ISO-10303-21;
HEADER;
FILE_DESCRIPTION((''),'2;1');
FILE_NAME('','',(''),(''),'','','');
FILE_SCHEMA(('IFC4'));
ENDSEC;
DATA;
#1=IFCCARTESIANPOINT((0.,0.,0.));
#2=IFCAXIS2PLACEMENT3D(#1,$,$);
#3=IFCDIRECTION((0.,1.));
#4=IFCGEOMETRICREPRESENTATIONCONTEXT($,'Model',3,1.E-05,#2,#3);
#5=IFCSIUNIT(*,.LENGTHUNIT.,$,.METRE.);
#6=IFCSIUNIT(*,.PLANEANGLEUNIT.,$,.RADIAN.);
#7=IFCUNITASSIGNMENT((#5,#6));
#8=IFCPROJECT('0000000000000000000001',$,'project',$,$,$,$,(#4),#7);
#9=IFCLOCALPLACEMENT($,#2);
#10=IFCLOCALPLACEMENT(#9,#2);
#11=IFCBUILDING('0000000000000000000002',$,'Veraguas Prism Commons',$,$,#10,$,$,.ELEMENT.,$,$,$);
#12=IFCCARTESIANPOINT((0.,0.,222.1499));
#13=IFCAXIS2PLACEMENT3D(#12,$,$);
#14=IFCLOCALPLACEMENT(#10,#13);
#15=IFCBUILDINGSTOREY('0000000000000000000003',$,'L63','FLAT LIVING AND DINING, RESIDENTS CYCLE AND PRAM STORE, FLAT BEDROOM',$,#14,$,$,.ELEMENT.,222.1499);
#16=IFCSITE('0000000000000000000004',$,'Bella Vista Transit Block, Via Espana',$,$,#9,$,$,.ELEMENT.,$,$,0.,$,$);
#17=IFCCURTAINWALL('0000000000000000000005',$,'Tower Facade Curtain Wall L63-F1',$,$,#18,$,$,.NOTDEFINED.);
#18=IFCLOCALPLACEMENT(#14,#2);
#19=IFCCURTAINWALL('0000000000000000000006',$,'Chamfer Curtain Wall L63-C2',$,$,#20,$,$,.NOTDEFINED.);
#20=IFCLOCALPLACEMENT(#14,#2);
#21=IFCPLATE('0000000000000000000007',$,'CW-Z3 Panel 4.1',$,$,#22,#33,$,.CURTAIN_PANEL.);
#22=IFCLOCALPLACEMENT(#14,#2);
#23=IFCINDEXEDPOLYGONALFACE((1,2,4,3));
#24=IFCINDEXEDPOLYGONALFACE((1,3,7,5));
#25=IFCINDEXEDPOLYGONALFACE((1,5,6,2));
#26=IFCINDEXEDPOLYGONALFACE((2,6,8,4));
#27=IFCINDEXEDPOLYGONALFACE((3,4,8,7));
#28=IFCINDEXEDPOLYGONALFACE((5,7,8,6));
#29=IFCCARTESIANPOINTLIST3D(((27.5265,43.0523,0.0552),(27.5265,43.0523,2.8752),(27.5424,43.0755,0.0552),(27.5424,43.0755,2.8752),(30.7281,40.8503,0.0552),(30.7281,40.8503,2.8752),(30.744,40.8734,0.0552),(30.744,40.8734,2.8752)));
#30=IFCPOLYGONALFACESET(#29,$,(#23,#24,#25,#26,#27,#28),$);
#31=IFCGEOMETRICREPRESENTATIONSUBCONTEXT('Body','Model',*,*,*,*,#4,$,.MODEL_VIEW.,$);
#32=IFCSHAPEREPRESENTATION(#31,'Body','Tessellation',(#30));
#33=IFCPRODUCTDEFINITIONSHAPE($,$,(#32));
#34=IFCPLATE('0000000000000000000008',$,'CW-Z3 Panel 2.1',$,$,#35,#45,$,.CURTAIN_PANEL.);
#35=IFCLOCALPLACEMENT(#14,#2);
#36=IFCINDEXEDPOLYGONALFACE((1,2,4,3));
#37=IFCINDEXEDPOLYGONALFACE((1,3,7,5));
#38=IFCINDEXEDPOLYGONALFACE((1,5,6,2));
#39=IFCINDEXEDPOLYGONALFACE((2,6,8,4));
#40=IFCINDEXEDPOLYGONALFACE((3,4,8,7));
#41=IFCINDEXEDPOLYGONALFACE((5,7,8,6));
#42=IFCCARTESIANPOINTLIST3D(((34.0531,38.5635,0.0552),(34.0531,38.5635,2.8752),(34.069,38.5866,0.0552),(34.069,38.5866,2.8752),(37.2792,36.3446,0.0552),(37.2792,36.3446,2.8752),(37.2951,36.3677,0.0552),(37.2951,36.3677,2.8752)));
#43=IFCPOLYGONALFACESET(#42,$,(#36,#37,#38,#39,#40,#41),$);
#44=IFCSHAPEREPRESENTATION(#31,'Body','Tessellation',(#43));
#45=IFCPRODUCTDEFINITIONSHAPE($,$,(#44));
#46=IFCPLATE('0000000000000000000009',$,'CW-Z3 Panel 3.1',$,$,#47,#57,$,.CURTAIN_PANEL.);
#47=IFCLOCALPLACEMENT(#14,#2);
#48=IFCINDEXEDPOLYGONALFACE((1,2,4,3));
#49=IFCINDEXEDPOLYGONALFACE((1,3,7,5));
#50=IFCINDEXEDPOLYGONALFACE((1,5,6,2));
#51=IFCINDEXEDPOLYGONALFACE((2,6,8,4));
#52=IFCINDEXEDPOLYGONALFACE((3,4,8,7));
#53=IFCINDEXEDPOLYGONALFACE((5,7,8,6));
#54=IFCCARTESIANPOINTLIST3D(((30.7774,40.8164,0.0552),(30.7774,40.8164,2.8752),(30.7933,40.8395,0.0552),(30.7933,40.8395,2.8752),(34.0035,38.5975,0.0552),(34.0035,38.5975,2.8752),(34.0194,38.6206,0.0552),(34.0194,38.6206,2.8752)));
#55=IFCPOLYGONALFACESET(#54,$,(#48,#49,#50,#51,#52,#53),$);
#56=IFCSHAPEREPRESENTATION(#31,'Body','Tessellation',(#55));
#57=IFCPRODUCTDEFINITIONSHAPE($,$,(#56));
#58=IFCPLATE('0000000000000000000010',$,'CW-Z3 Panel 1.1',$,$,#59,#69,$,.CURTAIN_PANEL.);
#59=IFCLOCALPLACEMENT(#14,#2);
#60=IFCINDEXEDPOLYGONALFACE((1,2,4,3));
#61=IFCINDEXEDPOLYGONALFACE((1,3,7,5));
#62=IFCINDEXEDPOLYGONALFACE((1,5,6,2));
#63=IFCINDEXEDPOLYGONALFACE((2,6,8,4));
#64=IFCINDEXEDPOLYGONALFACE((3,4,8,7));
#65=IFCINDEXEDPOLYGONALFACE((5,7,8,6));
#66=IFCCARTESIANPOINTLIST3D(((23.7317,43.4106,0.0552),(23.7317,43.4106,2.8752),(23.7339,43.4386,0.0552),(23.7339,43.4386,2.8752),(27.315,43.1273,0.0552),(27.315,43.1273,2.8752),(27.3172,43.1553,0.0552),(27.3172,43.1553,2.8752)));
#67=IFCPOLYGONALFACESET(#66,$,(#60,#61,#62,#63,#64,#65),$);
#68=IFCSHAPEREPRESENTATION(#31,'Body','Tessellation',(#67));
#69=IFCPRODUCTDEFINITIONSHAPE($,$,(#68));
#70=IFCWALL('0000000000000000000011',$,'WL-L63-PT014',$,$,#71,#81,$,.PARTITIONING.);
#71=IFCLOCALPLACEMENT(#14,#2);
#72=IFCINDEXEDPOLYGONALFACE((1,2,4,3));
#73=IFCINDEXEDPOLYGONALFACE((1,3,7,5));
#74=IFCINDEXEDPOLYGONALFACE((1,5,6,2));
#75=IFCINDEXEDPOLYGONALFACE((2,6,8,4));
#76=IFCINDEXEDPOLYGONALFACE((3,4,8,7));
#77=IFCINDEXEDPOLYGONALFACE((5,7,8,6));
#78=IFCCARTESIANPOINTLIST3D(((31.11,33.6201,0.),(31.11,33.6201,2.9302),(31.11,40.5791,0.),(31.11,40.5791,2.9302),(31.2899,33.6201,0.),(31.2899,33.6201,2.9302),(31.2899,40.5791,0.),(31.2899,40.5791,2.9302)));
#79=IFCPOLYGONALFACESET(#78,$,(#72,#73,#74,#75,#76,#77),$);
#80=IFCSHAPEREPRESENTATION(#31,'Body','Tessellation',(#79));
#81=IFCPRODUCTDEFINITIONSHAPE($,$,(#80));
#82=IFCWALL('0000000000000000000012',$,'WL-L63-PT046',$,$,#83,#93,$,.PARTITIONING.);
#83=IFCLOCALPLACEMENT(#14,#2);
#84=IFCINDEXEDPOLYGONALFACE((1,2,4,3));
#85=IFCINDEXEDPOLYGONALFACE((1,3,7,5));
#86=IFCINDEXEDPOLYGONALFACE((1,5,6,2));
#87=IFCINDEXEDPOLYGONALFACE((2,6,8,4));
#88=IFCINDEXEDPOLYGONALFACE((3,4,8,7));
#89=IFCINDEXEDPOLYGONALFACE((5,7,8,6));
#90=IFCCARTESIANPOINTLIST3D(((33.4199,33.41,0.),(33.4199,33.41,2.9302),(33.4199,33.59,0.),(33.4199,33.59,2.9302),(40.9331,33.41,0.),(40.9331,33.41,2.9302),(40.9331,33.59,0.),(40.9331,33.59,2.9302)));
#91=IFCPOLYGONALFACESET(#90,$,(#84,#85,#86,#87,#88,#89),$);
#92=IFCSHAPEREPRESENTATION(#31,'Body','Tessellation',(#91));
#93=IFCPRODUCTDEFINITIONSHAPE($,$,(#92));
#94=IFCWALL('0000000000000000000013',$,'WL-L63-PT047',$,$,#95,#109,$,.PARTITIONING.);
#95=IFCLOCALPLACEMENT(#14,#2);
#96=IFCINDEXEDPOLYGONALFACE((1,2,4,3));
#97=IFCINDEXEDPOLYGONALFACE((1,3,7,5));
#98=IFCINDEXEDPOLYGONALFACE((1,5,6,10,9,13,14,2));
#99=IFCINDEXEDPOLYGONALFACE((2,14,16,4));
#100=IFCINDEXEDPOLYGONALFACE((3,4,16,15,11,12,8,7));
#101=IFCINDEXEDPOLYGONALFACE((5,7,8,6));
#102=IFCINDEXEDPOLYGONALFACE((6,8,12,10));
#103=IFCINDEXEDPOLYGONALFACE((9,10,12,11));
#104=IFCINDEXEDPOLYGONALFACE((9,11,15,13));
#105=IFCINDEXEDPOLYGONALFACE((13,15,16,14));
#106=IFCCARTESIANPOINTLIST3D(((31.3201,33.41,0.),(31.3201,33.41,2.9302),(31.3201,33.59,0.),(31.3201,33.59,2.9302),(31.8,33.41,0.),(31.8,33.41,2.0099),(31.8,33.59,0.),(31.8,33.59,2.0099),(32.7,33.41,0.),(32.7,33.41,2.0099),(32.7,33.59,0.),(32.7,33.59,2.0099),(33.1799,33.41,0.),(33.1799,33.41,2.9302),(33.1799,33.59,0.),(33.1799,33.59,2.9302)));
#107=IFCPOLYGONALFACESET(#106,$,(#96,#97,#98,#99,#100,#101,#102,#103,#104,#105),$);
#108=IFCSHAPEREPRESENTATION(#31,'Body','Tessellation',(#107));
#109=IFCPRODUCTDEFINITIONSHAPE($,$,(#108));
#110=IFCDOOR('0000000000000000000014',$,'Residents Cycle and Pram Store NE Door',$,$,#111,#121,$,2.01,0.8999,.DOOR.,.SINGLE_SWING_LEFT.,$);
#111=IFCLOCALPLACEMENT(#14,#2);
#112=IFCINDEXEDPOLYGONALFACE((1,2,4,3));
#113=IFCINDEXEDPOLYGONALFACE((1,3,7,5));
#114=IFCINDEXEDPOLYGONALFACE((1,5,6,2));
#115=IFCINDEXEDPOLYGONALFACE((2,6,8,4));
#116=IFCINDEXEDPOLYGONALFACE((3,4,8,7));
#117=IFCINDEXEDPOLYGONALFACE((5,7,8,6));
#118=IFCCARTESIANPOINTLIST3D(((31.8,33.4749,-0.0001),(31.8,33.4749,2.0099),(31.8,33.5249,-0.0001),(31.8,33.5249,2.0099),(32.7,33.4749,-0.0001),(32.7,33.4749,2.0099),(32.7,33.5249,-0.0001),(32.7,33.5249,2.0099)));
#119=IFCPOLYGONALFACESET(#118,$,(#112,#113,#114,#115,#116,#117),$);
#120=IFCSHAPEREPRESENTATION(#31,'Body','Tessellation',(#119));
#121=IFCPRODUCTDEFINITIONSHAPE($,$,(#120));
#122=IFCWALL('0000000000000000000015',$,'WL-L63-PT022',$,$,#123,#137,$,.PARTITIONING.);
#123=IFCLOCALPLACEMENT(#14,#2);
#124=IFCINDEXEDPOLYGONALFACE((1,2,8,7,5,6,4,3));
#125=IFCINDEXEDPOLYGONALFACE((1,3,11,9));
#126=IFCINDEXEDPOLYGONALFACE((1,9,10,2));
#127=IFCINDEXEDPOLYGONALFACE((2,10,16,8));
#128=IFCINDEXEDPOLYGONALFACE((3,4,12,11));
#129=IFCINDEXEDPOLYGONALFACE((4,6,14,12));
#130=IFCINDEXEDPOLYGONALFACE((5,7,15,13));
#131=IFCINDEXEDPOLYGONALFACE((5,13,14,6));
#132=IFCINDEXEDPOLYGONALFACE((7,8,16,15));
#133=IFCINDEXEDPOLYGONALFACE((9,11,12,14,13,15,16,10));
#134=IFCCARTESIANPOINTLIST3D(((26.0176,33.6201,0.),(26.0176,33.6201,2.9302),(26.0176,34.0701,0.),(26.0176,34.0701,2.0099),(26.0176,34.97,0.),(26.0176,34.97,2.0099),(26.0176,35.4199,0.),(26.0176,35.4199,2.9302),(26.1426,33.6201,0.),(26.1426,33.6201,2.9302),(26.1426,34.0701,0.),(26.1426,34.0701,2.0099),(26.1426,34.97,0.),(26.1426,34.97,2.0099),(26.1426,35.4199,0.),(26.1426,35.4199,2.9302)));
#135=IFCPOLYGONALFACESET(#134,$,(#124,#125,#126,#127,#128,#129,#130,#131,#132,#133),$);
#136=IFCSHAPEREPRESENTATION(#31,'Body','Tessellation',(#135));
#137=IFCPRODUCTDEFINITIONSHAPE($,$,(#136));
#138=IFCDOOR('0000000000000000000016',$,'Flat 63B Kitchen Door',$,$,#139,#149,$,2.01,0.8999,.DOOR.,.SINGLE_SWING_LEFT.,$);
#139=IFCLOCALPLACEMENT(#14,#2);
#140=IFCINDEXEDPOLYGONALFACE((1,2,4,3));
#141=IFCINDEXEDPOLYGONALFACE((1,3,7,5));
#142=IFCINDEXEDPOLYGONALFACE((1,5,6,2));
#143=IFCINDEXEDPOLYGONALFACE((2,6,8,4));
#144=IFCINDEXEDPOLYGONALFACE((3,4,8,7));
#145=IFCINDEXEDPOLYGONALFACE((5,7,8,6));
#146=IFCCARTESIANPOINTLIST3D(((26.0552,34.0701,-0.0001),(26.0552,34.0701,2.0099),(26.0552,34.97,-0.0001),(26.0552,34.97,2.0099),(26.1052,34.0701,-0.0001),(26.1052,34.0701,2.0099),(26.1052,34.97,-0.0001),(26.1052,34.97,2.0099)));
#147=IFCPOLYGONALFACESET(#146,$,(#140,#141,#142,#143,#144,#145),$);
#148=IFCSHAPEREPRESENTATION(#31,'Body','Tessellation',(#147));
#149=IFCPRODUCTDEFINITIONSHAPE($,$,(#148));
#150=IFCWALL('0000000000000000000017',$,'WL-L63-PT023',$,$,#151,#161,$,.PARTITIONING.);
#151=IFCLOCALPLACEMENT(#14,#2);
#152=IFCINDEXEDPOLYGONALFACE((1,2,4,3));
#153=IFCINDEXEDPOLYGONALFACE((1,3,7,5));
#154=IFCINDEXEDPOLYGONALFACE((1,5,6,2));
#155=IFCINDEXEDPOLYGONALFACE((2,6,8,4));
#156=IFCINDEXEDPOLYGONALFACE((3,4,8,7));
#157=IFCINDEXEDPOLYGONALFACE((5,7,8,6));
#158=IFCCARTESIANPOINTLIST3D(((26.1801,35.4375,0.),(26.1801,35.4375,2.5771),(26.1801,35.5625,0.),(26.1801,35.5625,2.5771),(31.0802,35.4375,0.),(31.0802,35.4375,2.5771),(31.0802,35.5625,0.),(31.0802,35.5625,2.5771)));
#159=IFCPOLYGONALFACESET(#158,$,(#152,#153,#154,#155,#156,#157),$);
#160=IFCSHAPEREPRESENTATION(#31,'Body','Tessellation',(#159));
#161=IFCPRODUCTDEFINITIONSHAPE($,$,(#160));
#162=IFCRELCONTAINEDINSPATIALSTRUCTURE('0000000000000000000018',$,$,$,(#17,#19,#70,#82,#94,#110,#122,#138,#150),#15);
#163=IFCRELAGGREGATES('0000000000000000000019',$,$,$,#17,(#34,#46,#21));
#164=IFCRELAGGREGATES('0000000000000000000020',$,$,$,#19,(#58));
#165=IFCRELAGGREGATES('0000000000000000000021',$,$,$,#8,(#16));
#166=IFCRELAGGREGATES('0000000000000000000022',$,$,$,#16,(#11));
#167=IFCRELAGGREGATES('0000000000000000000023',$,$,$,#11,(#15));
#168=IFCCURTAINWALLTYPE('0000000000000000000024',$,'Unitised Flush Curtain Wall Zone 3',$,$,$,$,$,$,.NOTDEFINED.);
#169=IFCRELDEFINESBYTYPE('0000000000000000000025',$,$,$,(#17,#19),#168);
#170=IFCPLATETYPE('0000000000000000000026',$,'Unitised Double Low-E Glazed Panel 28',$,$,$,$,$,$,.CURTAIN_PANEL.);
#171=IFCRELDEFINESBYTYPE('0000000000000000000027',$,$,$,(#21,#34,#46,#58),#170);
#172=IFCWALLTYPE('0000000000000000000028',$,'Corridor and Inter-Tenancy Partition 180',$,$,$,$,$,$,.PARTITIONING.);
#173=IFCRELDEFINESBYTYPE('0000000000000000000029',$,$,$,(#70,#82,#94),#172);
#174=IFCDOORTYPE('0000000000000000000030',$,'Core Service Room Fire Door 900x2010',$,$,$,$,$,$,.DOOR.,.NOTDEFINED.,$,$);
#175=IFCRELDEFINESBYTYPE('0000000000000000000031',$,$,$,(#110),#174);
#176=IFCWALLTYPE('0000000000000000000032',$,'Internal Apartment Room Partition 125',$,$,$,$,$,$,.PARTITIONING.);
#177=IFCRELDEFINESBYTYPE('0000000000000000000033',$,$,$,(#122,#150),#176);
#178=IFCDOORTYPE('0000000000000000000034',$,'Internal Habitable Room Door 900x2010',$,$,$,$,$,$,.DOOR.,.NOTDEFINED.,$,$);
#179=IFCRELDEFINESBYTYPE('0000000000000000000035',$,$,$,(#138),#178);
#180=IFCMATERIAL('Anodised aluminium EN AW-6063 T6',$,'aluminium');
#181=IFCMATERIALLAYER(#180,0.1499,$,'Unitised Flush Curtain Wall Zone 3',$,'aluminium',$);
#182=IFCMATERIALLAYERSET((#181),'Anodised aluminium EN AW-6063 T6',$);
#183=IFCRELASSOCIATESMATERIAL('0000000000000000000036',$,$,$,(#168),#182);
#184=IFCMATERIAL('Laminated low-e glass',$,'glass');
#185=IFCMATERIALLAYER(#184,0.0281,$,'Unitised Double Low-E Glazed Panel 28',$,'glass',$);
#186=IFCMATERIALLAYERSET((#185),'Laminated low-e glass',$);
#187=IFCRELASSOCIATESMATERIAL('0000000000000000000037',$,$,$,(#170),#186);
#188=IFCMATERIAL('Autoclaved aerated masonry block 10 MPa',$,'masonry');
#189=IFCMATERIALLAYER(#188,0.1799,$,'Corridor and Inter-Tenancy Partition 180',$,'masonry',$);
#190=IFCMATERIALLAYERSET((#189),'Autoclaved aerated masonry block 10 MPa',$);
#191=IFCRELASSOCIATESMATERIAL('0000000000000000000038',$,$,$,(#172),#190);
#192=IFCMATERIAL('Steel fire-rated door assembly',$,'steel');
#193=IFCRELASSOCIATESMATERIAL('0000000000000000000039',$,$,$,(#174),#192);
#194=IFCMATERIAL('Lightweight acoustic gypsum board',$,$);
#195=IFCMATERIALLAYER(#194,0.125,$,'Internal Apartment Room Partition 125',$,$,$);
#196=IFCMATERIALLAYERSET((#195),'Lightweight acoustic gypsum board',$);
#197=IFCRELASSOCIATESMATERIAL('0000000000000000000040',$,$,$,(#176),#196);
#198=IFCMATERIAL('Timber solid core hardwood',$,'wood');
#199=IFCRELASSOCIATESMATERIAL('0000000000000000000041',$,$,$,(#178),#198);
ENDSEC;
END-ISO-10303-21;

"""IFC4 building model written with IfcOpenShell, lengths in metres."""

from ifc_helpers import new_model, si_unit, direction, frame, frame_2d, origin, origin_2d, place, context, subcontext, project, spatial, rectangle, extrude, source, transform, mapped, material, layer, layer_set, type_object, element, fill, aggregate, save


model = new_model("IFC4")

# Units and contexts
model_context = context("Model", 3, precision=1e-05, world=origin(), true_north=direction((0.0, 1.0)))
body_context = subcontext(model_context, "Body", "Model", "MODEL_VIEW")
ifc_project = project(units=[si_unit("LENGTHUNIT", "METRE"), si_unit("PLANEANGLEUNIT", "RADIAN")], contexts=[model_context])

# Site, building, storey
site_placement = place(None, origin())
site = spatial("IfcSite", under=ifc_project, at=site_placement, Name="Bella Vista Transit Block, Via Espana", CompositionType="ELEMENT", RefElevation=0.0)
building_placement = place(site_placement, origin())
building = spatial("IfcBuilding", under=site, at=building_placement, Name="Veraguas Prism Commons", CompositionType="ELEMENT")
storey_placement = place(building_placement, frame((0.0, 0.0, 222.1499)))
storey = spatial("IfcBuildingStorey", under=building, at=storey_placement, Name="L63", Description="FLAT LIVING AND DINING, RESIDENTS CYCLE AND PRAM STORE, FLAT BEDROOM", CompositionType="ELEMENT", Elevation=222.1499)

# Curtain walls
ifc_material_1 = material(Name="Anodised aluminium EN AW-6063 T6", Category="aluminium")
ifc_layer_1 = layer(ifc_material_1, 0.1499, Name="Unitised Flush Curtain Wall Zone 3", Category="aluminium")
ifc_layer_set_1 = layer_set([ifc_layer_1], Name="Anodised aluminium EN AW-6063 T6")
curtain_wall_type = type_object("IfcCurtainWallType", Name="Unitised Flush Curtain Wall Zone 3", PredefinedType="NOTDEFINED", material=ifc_layer_set_1)
curtain_wall_1_placement = place(storey_placement, origin())
curtain_wall_1 = element("IfcCurtainWall", 1, at=curtain_wall_1_placement, inside=storey, type_object=curtain_wall_type, Name="Tower Facade Curtain Wall L63-F1", PredefinedType="NOTDEFINED")
curtain_wall_2_placement = place(storey_placement, origin())
curtain_wall_2 = element("IfcCurtainWall", 2, at=curtain_wall_2_placement, inside=storey, type_object=curtain_wall_type, Name="Chamfer Curtain Wall L63-C2", PredefinedType="NOTDEFINED")

# Plates
ifc_material_2 = material(Name="Laminated low-e glass", Category="glass")
ifc_layer_2 = layer(ifc_material_2, 0.0281, Name="Unitised Double Low-E Glazed Panel 28", Category="glass")
ifc_layer_set_2 = layer_set([ifc_layer_2], Name="Laminated low-e glass")
plate_type = type_object("IfcPlateType", Name="Unitised Double Low-E Glazed Panel 28", PredefinedType="CURTAIN_PANEL", material=ifc_layer_set_2)
shared_shape_1 = source(origin(), body_context, "Body", "SweptSolid", [
    extrude(rectangle(XDim=3.8857, YDim=0.0281, at=origin_2d()), origin(), (0.0, 0.0, 1.0), 2.8201),
])
plate_1_placement = place(storey_placement, frame((29.1353, 41.9629, 0.0552), z_axis=(0.0, 0.0, 1.0), x_axis=(-0.823926, 0.566697, 0.0)))
plate_1 = element("IfcPlate", 3, at=plate_1_placement, type_object=plate_type, Name="CW-Z3 Panel 4.1", PredefinedType="CURTAIN_PANEL", context=body_context, shape_type="MappedRepresentation", body=[
    mapped(shared_shape_1, transform((0.0, 0.0, 0.0), scale=1.0)),
])
shared_shape_2 = source(origin(), body_context, "Body", "SweptSolid", [
    extrude(rectangle(XDim=3.9155, YDim=0.0281, at=origin_2d()), origin(), (0.0, 0.0, 1.0), 2.8201),
])
plate_2_placement = place(storey_placement, frame((35.6741, 37.4656, 0.0552), z_axis=(0.0, 0.0, 1.0), x_axis=(-0.823926, 0.566697, 0.0)))
plate_2 = element("IfcPlate", 4, at=plate_2_placement, type_object=plate_type, Name="CW-Z3 Panel 2.1", PredefinedType="CURTAIN_PANEL", context=body_context, shape_type="MappedRepresentation", body=[
    mapped(shared_shape_2, transform((0.0, 0.0, 0.0), scale=1.0)),
])
plate_3_placement = place(storey_placement, frame((32.3984, 39.7185, 0.0552), z_axis=(0.0, 0.0, 1.0), x_axis=(-0.823926, 0.566697, 0.0)))
plate_3 = element("IfcPlate", 5, at=plate_3_placement, type_object=plate_type, Name="CW-Z3 Panel 3.1", PredefinedType="CURTAIN_PANEL", context=body_context, shape_type="MappedRepresentation", body=[
    mapped(shared_shape_2, transform((0.0, 0.0, 0.0), scale=1.0)),
])
aggregate(curtain_wall_1, [plate_2, plate_3, plate_1])
shared_shape_3 = source(origin(), body_context, "Body", "SweptSolid", [
    extrude(rectangle(XDim=3.5945, YDim=0.0281, at=origin_2d()), origin(), (0.0, 0.0, 1.0), 2.8201),
])
plate_4_placement = place(storey_placement, frame((25.5244, 43.283, 0.0552), z_axis=(0.0, 0.0, 1.0), x_axis=(-0.99689, 0.0788, 0.0)))
plate_4 = element("IfcPlate", 6, at=plate_4_placement, type_object=plate_type, Name="CW-Z3 Panel 1.1", PredefinedType="CURTAIN_PANEL", context=body_context, shape_type="MappedRepresentation", body=[
    mapped(shared_shape_3, transform((0.0, 0.0, 0.0), scale=1.0)),
])
aggregate(curtain_wall_2, [plate_4])

# Walls
ifc_material_3 = material(Name="Autoclaved aerated masonry block 10 MPa", Category="masonry")
ifc_layer_3 = layer(ifc_material_3, 0.1799, Name="Corridor and Inter-Tenancy Partition 180", Category="masonry")
ifc_layer_set_3 = layer_set([ifc_layer_3], Name="Autoclaved aerated masonry block 10 MPa")
wall_type_1 = type_object("IfcWallType", Name="Corridor and Inter-Tenancy Partition 180", PredefinedType="PARTITIONING", material=ifc_layer_set_3)
wall_1_placement = place(storey_placement, frame((31.2, 33.6201, 0.0), z_axis=(0.0, 0.0, 1.0), x_axis=(0.0, 1.0, 0.0)))
element("IfcWall", 7, at=wall_1_placement, inside=storey, type_object=wall_type_1, Name="WL-L63-PT014", PredefinedType="PARTITIONING", context=body_context, shape_type="SweptSolid", body=[
    extrude(rectangle(XDim=6.959, YDim=0.1799, at=frame_2d((3.4795, 0.0))), origin(), (0.0, 0.0, 1.0), 2.9302),
])
wall_2_placement = place(storey_placement, frame((33.4199, 33.5, 0.0), z_axis=(0.0, 0.0, 1.0), x_axis=(1.0, 0.0, 0.0)))
element("IfcWall", 8, at=wall_2_placement, inside=storey, type_object=wall_type_1, Name="WL-L63-PT046", PredefinedType="PARTITIONING", context=body_context, shape_type="SweptSolid", body=[
    extrude(rectangle(XDim=7.5132, YDim=0.1799, at=frame_2d((3.7566, 0.0))), origin(), (0.0, 0.0, 1.0), 2.9302),
])

# Walls, openings, doors
wall_3_placement = place(storey_placement, frame((31.3201, 33.5, 0.0), z_axis=(0.0, 0.0, 1.0), x_axis=(1.0, 0.0, 0.0)))
wall_3 = element("IfcWall", 9, at=wall_3_placement, inside=storey, type_object=wall_type_1, Name="WL-L63-PT047", PredefinedType="PARTITIONING", context=body_context, shape_type="SweptSolid", body=[
    extrude(rectangle(XDim=1.8599, YDim=0.1799, at=frame_2d((0.9299, 0.0))), origin(), (0.0, 0.0, 1.0), 2.9302),
])
opening_1_placement = place(wall_3_placement, frame((0.48, 0.0, 0.0)))
opening_1 = element("IfcOpeningElement", 10, at=opening_1_placement, cuts=wall_3, PredefinedType="OPENING", context=body_context, shape_type="SweptSolid", body=[
    extrude(rectangle(XDim=0.8999, YDim=2.01, at=frame_2d((0.45, 1.0049))), frame((0.0, 0.0999, 0.0), z_axis=(0.0, -1.0, 0.0), x_axis=(1.0, 0.0, 0.0)), (0.0, 0.0, 1.0), 0.2),
])
ifc_material_4 = material(Name="Steel fire-rated door assembly", Category="steel")
door_type_1 = type_object("IfcDoorType", Name="Core Service Room Fire Door 900x2010", OperationType="NOTDEFINED", PredefinedType="DOOR", material=ifc_material_4)
shared_shape_4 = source(origin(), body_context, "Body", "SweptSolid", [
    extrude(rectangle(XDim=0.8999, YDim=2.01, at=frame_2d((0.45, 1.0049))), frame((0.0, 0.0249, 0.0), z_axis=(0.0, -1.0, 0.0), x_axis=(1.0, 0.0, 0.0)), (0.0, 0.0, 1.0), 0.05),
])
door_1_placement = place(opening_1_placement, origin())
door_1 = element("IfcDoor", 11, at=door_1_placement, inside=storey, type_object=door_type_1, Name="Residents Cycle and Pram Store NE Door", OperationType="SINGLE_SWING_LEFT", OverallHeight=2.01, OverallWidth=0.8999, PredefinedType="DOOR", context=body_context, shape_type="MappedRepresentation", body=[
    mapped(shared_shape_4, transform((0.0, 0.0, 0.0), scale=1.0)),
])
fill(opening_1, door_1)
ifc_material_5 = material(Name="Lightweight acoustic gypsum board")
ifc_layer_4 = layer(ifc_material_5, 0.125, Name="Internal Apartment Room Partition 125")
ifc_layer_set_4 = layer_set([ifc_layer_4], Name="Lightweight acoustic gypsum board")
wall_type_2 = type_object("IfcWallType", Name="Internal Apartment Room Partition 125", PredefinedType="PARTITIONING", material=ifc_layer_set_4)
wall_4_placement = place(storey_placement, frame((26.0801, 33.6201, 0.0), z_axis=(0.0, 0.0, 1.0), x_axis=(0.0, 1.0, 0.0)))
wall_4 = element("IfcWall", 12, at=wall_4_placement, inside=storey, type_object=wall_type_2, Name="WL-L63-PT022", PredefinedType="PARTITIONING", context=body_context, shape_type="SweptSolid", body=[
    extrude(rectangle(XDim=1.7998, YDim=0.125, at=frame_2d((0.8999, 0.0))), origin(), (0.0, 0.0, 1.0), 2.9302),
])
opening_2_placement = place(wall_4_placement, frame((0.45, 0.0, 0.0)))
opening_2 = element("IfcOpeningElement", 13, at=opening_2_placement, cuts=wall_4, PredefinedType="OPENING", context=body_context, shape_type="SweptSolid", body=[
    extrude(rectangle(XDim=0.8999, YDim=2.01, at=frame_2d((0.45, 1.0049))), frame((0.0, 0.0725, 0.0), z_axis=(0.0, -1.0, 0.0), x_axis=(1.0, 0.0, 0.0)), (0.0, 0.0, 1.0), 0.145),
])
ifc_material_6 = material(Name="Timber solid core hardwood", Category="wood")
door_type_2 = type_object("IfcDoorType", Name="Internal Habitable Room Door 900x2010", OperationType="NOTDEFINED", PredefinedType="DOOR", material=ifc_material_6)
door_2_placement = place(opening_2_placement, origin())
door_2 = element("IfcDoor", 14, at=door_2_placement, inside=storey, type_object=door_type_2, Name="Flat 63B Kitchen Door", OperationType="SINGLE_SWING_LEFT", OverallHeight=2.01, OverallWidth=0.8999, PredefinedType="DOOR", context=body_context, shape_type="MappedRepresentation", body=[
    mapped(shared_shape_4, transform((0.0, 0.0, 0.0), scale=1.0)),
])
fill(opening_2, door_2)

# Wall
wall_5_placement = place(storey_placement, frame((26.1799, 35.5, 0.0), z_axis=(0.0, 0.0, 1.0), x_axis=(1.0, 0.0, 0.0)))
element("IfcWall", 15, at=wall_5_placement, inside=storey, type_object=wall_type_2, Name="WL-L63-PT023", PredefinedType="PARTITIONING", context=body_context, shape_type="SweptSolid", body=[
    extrude(rectangle(XDim=4.9001, YDim=0.125, at=frame_2d((2.4502, 0.0))), origin(), (0.0, 0.0, 1.0), 2.5771),
])

save(model, "model.ifc")
